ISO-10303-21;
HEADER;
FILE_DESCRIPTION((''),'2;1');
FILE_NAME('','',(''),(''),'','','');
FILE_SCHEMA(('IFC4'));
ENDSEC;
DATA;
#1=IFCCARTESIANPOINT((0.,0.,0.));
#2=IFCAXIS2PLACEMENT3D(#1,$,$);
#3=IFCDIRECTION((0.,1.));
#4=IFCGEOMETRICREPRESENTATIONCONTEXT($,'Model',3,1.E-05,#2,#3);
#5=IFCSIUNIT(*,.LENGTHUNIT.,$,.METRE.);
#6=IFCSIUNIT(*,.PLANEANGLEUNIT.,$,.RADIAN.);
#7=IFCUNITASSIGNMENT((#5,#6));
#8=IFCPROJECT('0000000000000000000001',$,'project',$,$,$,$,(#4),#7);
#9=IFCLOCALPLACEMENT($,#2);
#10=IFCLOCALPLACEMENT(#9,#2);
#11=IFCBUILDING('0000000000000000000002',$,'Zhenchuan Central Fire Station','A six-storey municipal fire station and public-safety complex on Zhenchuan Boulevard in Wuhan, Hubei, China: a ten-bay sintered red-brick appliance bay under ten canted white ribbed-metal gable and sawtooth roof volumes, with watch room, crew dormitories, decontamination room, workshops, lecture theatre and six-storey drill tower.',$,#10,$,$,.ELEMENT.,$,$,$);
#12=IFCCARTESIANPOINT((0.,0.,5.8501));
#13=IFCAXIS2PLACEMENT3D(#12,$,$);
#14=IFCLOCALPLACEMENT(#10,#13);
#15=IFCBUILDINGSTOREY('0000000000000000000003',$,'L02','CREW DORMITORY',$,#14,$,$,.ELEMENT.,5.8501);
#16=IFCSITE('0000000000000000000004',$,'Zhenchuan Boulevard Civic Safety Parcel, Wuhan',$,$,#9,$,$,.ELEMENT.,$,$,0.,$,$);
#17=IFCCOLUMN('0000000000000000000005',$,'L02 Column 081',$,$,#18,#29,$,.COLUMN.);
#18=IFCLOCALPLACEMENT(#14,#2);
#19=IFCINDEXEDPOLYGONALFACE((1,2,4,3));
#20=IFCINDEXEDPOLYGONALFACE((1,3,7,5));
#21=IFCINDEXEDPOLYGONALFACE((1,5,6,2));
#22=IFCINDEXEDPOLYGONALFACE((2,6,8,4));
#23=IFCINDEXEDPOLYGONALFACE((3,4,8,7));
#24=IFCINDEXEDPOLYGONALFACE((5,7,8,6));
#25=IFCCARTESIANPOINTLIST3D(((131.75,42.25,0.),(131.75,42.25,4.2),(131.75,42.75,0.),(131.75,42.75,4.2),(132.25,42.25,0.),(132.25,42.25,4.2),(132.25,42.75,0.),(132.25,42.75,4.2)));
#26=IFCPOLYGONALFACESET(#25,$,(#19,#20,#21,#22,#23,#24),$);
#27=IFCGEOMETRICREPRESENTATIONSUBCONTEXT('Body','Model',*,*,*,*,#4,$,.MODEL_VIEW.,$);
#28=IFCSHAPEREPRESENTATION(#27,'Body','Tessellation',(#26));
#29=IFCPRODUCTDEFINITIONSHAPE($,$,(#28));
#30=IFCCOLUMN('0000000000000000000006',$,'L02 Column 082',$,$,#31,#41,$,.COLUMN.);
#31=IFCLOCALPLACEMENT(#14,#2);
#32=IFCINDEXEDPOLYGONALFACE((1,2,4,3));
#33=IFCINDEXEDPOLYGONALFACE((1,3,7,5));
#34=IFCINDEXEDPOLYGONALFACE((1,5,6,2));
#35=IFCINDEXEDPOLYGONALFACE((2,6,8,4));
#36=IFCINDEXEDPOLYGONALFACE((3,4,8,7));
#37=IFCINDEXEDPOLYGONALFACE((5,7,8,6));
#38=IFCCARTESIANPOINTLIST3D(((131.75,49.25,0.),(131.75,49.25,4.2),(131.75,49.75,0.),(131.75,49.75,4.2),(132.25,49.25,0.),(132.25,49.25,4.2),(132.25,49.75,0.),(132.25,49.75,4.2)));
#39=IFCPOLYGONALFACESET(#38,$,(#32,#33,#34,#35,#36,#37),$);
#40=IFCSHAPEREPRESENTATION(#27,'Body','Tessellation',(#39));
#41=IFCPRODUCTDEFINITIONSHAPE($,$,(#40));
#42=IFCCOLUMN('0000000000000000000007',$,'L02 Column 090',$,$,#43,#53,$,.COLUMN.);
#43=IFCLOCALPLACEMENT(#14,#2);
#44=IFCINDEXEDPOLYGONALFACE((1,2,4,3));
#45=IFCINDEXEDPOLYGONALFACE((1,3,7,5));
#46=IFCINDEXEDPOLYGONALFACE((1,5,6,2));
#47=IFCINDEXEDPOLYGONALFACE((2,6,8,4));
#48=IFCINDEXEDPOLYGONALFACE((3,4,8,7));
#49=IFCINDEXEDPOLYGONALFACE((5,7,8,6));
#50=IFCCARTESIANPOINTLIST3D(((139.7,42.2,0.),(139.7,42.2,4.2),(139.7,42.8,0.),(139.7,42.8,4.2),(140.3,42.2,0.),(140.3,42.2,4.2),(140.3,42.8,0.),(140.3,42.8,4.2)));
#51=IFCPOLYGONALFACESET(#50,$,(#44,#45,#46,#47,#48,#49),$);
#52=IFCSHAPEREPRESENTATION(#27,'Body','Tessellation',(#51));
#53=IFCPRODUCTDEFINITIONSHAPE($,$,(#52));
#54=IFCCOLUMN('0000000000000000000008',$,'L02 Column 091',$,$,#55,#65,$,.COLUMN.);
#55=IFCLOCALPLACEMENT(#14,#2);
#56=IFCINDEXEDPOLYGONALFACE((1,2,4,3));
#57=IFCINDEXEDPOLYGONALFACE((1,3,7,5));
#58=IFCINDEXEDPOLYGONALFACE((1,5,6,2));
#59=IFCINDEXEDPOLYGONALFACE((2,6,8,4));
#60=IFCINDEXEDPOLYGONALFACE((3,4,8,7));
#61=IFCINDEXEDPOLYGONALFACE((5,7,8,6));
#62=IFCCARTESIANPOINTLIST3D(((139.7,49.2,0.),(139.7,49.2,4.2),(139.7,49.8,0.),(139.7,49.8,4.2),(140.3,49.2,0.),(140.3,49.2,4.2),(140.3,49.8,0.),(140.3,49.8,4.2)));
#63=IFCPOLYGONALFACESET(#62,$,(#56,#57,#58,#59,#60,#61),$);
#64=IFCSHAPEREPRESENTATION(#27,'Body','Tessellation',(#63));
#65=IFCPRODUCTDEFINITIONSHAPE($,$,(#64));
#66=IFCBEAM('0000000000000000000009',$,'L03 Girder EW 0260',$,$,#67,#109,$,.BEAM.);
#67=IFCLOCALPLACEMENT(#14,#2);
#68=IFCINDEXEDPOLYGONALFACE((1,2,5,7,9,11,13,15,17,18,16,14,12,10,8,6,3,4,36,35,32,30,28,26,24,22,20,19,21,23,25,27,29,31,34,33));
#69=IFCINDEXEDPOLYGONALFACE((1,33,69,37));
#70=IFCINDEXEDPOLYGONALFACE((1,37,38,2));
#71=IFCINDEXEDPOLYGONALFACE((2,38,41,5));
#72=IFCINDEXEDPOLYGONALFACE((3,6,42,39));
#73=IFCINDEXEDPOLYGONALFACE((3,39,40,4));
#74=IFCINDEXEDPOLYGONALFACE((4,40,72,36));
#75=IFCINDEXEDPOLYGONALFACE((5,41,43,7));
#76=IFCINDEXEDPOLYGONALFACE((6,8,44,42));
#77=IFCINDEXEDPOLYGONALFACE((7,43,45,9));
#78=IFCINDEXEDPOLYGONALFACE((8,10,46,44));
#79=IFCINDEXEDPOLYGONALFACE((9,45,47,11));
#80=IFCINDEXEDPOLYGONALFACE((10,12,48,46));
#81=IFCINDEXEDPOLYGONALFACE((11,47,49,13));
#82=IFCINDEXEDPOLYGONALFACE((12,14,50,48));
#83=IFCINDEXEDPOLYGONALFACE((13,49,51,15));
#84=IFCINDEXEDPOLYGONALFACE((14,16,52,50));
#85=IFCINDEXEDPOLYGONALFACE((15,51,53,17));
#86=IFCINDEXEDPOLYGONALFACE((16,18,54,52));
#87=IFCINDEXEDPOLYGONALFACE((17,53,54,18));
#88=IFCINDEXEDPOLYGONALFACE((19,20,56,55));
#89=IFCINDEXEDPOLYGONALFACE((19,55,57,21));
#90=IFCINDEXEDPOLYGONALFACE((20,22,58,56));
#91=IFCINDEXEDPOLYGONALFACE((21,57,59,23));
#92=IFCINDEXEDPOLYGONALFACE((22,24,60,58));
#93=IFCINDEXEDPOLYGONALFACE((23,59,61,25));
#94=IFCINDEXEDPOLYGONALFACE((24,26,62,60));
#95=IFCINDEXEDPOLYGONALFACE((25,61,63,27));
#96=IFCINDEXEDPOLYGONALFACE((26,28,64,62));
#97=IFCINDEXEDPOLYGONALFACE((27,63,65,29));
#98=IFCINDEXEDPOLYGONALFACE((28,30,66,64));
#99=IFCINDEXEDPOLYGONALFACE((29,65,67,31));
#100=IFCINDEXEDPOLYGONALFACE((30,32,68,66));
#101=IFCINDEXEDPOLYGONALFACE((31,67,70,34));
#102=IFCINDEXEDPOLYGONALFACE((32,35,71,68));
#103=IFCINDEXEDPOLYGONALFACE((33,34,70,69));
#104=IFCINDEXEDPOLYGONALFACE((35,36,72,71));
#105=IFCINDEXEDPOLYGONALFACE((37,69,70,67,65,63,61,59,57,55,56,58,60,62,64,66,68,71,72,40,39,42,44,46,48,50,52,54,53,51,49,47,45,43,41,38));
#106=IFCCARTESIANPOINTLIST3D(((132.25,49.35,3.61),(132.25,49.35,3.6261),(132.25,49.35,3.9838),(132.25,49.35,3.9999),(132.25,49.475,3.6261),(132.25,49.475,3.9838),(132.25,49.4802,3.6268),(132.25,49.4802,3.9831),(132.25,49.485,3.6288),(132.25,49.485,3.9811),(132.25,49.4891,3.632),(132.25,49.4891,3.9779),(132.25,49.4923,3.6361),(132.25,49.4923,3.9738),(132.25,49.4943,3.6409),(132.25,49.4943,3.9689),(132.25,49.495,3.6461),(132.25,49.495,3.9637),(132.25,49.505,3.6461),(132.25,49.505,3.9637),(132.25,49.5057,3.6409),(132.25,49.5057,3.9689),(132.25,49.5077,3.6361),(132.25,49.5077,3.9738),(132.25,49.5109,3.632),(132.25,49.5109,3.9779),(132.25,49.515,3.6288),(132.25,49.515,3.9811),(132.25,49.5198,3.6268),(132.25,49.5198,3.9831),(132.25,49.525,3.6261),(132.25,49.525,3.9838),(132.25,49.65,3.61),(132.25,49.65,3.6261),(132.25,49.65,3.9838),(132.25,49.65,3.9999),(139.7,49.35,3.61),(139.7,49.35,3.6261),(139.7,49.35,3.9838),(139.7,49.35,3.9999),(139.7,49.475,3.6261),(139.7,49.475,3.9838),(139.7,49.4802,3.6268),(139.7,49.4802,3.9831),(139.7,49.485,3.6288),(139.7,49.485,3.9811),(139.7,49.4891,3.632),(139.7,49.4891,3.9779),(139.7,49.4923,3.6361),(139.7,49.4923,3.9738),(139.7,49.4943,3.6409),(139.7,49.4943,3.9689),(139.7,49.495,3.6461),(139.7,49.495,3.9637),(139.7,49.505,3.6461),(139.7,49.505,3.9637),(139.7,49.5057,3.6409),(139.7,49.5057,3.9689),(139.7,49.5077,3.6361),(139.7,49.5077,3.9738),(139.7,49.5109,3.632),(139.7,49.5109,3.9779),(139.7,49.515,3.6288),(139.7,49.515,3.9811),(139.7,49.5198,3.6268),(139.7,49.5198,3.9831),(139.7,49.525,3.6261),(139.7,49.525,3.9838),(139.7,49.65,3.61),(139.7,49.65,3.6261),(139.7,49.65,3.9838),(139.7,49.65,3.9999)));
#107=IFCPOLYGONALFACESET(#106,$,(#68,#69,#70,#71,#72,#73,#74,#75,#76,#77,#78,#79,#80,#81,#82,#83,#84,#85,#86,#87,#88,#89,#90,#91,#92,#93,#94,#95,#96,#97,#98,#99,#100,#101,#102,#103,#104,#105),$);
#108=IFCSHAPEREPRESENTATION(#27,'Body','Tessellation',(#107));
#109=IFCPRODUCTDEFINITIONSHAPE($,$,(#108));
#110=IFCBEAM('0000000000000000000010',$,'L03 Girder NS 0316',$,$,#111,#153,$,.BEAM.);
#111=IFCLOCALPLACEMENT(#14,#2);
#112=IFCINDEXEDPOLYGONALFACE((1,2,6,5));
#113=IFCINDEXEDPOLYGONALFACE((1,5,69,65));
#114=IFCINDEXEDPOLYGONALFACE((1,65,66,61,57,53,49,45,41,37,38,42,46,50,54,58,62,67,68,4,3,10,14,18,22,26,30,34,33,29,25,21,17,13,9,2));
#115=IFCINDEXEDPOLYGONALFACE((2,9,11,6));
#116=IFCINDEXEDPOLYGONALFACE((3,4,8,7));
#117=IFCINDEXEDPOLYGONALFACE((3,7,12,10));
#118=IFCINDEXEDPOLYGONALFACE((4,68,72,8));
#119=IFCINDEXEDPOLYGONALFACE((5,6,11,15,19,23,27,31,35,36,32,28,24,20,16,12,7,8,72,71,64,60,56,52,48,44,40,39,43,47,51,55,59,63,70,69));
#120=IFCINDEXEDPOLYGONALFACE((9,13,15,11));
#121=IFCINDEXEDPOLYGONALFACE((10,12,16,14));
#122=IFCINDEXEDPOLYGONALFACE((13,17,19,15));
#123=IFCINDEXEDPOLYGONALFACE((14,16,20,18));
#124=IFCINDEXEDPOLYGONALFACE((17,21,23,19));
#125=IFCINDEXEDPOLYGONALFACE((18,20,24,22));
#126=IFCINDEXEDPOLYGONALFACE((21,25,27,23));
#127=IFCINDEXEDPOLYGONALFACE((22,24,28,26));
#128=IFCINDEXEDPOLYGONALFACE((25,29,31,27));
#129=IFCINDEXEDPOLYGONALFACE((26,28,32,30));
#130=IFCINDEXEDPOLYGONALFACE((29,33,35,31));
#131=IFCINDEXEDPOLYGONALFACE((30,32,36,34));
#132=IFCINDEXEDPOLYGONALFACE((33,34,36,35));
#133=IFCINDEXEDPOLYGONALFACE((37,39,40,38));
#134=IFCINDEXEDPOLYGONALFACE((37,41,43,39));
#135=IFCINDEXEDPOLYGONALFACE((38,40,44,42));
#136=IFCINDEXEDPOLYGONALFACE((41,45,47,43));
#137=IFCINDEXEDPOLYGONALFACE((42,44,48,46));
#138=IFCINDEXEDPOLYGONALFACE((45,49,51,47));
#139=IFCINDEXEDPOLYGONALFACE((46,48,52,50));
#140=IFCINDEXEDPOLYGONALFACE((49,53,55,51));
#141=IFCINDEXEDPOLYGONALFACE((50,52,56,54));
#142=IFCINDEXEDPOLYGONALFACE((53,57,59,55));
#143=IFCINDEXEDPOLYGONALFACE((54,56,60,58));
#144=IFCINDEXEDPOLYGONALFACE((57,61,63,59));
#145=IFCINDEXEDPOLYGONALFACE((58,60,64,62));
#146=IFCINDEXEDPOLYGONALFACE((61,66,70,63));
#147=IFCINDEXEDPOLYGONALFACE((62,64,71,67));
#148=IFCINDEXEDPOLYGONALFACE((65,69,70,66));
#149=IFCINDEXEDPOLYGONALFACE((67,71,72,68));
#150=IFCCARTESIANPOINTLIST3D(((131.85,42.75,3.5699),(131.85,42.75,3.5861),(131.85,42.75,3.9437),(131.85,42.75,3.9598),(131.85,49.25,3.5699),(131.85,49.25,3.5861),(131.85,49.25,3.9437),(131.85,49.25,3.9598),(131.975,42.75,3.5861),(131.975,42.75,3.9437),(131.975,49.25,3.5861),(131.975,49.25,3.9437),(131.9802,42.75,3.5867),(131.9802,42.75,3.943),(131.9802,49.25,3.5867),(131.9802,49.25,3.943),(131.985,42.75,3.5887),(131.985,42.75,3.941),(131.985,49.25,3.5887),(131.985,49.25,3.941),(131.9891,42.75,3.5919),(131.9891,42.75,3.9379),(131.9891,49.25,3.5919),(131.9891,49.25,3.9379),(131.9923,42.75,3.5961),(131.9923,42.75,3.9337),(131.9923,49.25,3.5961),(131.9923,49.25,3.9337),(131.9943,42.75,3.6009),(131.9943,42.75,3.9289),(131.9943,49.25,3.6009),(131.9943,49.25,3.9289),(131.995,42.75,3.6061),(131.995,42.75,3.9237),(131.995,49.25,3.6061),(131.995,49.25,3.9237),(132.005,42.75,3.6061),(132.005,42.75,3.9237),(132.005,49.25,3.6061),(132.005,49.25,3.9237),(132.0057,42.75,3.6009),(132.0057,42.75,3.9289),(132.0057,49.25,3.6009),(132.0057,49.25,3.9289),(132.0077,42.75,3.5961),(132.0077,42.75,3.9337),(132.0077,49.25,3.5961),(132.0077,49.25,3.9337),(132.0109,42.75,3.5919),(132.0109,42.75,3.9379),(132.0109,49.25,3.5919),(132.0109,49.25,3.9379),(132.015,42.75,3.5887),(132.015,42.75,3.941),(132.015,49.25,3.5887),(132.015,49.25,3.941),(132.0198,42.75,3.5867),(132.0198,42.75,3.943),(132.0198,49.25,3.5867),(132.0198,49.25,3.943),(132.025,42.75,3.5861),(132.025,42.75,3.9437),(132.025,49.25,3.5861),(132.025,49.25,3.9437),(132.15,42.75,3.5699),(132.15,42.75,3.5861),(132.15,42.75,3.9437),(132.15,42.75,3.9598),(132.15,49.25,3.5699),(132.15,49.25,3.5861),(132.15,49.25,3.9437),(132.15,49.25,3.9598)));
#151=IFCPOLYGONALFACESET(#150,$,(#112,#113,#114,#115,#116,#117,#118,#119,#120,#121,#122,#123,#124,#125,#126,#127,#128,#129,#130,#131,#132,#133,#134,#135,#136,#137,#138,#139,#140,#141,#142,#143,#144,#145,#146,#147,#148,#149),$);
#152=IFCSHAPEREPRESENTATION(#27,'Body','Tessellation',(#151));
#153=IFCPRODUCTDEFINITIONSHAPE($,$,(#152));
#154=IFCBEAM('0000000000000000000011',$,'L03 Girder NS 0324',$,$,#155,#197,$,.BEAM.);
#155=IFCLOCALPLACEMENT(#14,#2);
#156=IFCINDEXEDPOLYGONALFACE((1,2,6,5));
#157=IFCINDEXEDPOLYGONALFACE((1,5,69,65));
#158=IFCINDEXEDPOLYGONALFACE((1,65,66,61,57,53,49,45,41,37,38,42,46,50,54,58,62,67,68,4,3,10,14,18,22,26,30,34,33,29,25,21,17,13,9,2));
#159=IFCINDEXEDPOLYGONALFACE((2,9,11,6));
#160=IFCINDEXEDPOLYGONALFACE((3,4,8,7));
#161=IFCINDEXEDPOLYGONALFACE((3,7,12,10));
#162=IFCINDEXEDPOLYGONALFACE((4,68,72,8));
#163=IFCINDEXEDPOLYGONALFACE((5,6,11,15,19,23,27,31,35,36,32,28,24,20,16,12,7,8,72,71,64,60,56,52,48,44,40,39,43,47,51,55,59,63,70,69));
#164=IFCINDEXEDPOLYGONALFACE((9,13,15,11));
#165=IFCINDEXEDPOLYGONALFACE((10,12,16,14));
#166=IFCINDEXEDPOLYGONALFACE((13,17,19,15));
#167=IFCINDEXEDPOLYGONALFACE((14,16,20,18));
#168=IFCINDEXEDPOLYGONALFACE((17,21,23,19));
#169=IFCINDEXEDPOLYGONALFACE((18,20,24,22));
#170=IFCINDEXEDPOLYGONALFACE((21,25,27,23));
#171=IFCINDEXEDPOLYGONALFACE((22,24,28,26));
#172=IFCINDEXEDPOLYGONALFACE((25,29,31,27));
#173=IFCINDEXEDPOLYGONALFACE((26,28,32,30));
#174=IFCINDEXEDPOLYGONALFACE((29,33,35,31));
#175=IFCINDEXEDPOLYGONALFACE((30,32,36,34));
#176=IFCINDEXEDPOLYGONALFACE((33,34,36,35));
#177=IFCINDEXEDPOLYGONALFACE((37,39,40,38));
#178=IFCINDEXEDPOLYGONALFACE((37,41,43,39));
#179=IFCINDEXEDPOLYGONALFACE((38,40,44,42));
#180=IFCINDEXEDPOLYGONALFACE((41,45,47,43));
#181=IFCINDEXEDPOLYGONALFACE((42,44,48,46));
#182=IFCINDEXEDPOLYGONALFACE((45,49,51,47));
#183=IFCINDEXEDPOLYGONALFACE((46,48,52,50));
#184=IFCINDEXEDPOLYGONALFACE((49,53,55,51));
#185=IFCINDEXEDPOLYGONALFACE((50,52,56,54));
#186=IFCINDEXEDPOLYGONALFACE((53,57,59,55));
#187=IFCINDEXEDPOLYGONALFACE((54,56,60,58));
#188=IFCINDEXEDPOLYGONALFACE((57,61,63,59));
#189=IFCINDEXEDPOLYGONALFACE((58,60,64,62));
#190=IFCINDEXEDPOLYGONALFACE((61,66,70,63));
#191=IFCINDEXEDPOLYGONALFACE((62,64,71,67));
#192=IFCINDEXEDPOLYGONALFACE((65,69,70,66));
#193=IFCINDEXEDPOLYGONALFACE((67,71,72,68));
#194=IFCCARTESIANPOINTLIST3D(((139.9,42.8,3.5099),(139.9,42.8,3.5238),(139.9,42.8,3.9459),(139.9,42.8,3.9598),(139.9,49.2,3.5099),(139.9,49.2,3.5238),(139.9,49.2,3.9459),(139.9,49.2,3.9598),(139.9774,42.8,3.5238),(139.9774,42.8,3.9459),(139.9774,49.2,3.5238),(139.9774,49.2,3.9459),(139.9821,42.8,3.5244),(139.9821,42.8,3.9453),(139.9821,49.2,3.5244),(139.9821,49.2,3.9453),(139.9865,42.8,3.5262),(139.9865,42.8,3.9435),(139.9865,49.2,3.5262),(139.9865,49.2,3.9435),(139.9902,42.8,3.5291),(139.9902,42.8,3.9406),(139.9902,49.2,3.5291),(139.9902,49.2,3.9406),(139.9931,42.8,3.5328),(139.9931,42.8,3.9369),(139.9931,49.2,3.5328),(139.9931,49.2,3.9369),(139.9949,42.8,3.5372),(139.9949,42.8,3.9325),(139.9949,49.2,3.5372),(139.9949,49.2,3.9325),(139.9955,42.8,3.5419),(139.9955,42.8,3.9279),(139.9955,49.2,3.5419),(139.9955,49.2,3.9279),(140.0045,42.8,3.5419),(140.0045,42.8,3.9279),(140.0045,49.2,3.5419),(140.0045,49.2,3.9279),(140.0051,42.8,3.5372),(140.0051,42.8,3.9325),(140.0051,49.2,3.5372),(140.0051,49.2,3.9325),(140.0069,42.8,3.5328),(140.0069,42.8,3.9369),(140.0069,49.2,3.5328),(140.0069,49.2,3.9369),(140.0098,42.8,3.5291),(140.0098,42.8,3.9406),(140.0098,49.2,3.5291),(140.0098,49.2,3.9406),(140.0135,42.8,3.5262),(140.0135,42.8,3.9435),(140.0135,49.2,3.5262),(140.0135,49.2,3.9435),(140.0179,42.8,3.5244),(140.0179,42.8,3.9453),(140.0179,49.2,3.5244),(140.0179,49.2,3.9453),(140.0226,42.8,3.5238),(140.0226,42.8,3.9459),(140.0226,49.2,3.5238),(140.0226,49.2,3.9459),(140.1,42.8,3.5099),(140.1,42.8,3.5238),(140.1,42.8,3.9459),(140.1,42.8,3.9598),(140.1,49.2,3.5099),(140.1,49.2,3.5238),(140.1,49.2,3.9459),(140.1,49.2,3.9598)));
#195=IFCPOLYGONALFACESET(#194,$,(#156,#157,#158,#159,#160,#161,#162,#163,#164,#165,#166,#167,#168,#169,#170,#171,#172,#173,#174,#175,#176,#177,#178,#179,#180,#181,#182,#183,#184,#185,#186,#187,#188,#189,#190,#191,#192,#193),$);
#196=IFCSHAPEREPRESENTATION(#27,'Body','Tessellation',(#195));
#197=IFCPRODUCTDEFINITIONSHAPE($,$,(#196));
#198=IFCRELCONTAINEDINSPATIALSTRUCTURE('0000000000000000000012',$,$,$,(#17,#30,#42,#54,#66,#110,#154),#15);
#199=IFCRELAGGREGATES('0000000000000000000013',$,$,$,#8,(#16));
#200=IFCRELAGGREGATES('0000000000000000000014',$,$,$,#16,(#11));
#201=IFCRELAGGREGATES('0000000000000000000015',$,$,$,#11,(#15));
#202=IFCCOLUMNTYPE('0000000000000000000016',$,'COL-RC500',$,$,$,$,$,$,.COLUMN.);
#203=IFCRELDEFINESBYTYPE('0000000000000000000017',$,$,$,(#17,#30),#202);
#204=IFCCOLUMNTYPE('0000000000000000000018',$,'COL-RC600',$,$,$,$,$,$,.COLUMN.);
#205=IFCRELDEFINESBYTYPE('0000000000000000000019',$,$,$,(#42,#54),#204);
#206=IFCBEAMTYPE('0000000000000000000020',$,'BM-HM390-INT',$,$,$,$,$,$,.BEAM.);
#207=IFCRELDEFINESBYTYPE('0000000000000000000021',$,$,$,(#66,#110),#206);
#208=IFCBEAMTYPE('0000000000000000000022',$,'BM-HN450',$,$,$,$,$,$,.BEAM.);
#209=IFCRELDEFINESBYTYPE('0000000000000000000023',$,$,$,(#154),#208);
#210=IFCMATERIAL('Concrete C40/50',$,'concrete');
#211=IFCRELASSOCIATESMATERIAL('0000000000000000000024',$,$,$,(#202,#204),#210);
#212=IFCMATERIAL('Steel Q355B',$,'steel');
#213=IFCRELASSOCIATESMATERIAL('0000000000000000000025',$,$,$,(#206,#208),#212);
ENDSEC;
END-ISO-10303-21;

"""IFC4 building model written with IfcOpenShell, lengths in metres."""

from ifc_helpers import new_model, si_unit, direction, frame, origin, origin_2d, place, context, subcontext, project, spatial, rectangle, i_section, extrude, material, material_profile, profile_set, type_object, element, save


model = new_model("IFC4")

# Units and contexts
model_context = context("Model", 3, precision=1e-05, world=origin(), true_north=direction((0.0, 1.0)))
body_context = subcontext(model_context, "Body", "Model", "MODEL_VIEW")
ifc_project = project(units=[si_unit("LENGTHUNIT", "METRE"), si_unit("PLANEANGLEUNIT", "RADIAN")], contexts=[model_context])

# Site, building, storey
site_placement = place(None, origin())
site = spatial("IfcSite", under=ifc_project, at=site_placement, Name="Zhenchuan Boulevard Civic Safety Parcel, Wuhan", CompositionType="ELEMENT", RefElevation=0.0)
building_placement = place(site_placement, origin())
building = spatial("IfcBuilding", under=site, at=building_placement, Name="Zhenchuan Central Fire Station", Description="A six-storey municipal fire station and public-safety complex on Zhenchuan Boulevard in Wuhan, Hubei, China: a ten-bay sintered red-brick appliance bay under ten canted white ribbed-metal gable and sawtooth roof volumes, with watch room, crew dormitories, decontamination room, workshops, lecture theatre and six-storey drill tower.", CompositionType="ELEMENT")
storey_placement = place(building_placement, frame((0.0, 0.0, 5.8501)))
storey = spatial("IfcBuildingStorey", under=building, at=storey_placement, Name="L02", Description="CREW DORMITORY", CompositionType="ELEMENT", Elevation=5.8501)

# Columns
ifc_material_1 = material(Name="Concrete C40/50", Category="concrete")
ifc_material_profile_1 = material_profile(ifc_material_1, rectangle(XDim=0.5, YDim=0.5, at=origin_2d()), Name="RC 500x500")
ifc_profile_set_1 = profile_set([ifc_material_profile_1], Name="Concrete C40/50")
column_type_1 = type_object("IfcColumnType", Name="COL-RC500", PredefinedType="COLUMN", material=ifc_profile_set_1)
for number, where, z_axis, x_axis, name in (
    (1, (132.0, 42.5, 0.0), (0.0, 0.0, 1.0), (1.0, 0.0, 0.0), "L02 Column 081"),
    (2, (132.0, 49.5, 0.0), (0.0, 0.0, 1.0), (1.0, 0.0, 0.0), "L02 Column 082"),
):
    element("IfcColumn", number, at=place(storey_placement, frame(where, z_axis=z_axis, x_axis=x_axis)), inside=storey, type_object=column_type_1, Name=name, PredefinedType="COLUMN", context=body_context, shape_type="SweptSolid", body=[
        extrude(rectangle(XDim=0.5, YDim=0.5, at=origin_2d()), origin(), (0.0, 0.0, 1.0), 4.2),
    ])
ifc_material_profile_2 = material_profile(ifc_material_1, rectangle(XDim=0.6001, YDim=0.6001, at=origin_2d()), Name="RC 600x600")
ifc_profile_set_2 = profile_set([ifc_material_profile_2], Name="Concrete C40/50")
column_type_2 = type_object("IfcColumnType", Name="COL-RC600", PredefinedType="COLUMN", material=ifc_profile_set_2)
for number, where, z_axis, x_axis, name in (
    (3, (140.0, 42.5, 0.0), (0.0, 0.0, 1.0), (1.0, 0.0, 0.0), "L02 Column 090"),
    (4, (140.0, 49.5, 0.0), (0.0, 0.0, 1.0), (1.0, 0.0, 0.0), "L02 Column 091"),
):
    element("IfcColumn", number, at=place(storey_placement, frame(where, z_axis=z_axis, x_axis=x_axis)), inside=storey, type_object=column_type_2, Name=name, PredefinedType="COLUMN", context=body_context, shape_type="SweptSolid", body=[
        extrude(rectangle(XDim=0.6001, YDim=0.6001, at=origin_2d()), origin(), (0.0, 0.0, 1.0), 4.2),
    ])

# Beams
ifc_material_2 = material(Name="Steel Q355B", Category="steel")
ifc_material_profile_3 = material_profile(ifc_material_2, i_section(OverallWidth=0.3, OverallDepth=0.3899, WebThickness=0.01, FlangeThickness=0.0161, FilletRadius=0.02, at=origin_2d()), Name="HM 390x300")
ifc_profile_set_3 = profile_set([ifc_material_profile_3], Name="Steel Q355B")
beam_type_1 = type_object("IfcBeamType", Name="BM-HM390-INT", PredefinedType="BEAM", material=ifc_profile_set_3)
beam_1_placement = place(storey_placement, frame((132.25, 49.5, 3.8049), z_axis=(1.0, 0.0, 0.0), x_axis=(0.0, 1.0, 0.0)))
element("IfcBeam", 5, at=beam_1_placement, inside=storey, type_object=beam_type_1, Name="L03 Girder EW 0260", PredefinedType="BEAM", context=body_context, shape_type="SweptSolid", body=[
    extrude(i_section(OverallWidth=0.3, OverallDepth=0.3899, WebThickness=0.01, FlangeThickness=0.0161, FilletRadius=0.02, at=origin_2d()), origin(), (0.0, 0.0, 1.0), 7.45),
])
beam_2_placement = place(storey_placement, frame((132.0, 42.75, 3.7649), z_axis=(0.0, 1.0, 0.0), x_axis=(-1.0, 0.0, 0.0)))
element("IfcBeam", 6, at=beam_2_placement, inside=storey, type_object=beam_type_1, Name="L03 Girder NS 0316", PredefinedType="BEAM", context=body_context, shape_type="SweptSolid", body=[
    extrude(i_section(OverallWidth=0.3, OverallDepth=0.3899, WebThickness=0.01, FlangeThickness=0.0161, FilletRadius=0.02, at=origin_2d()), origin(), (0.0, 0.0, 1.0), 6.5),
])
ifc_material_profile_4 = material_profile(ifc_material_2, i_section(OverallWidth=0.2, OverallDepth=0.45, WebThickness=0.009, FlangeThickness=0.0139, FilletRadius=0.0181, at=origin_2d()), Name="HN 450x200")
ifc_profile_set_4 = profile_set([ifc_material_profile_4], Name="Steel Q355B")
beam_type_2 = type_object("IfcBeamType", Name="BM-HN450", PredefinedType="BEAM", material=ifc_profile_set_4)
beam_3_placement = place(storey_placement, frame((140.0, 42.8, 3.7349), z_axis=(0.0, 1.0, 0.0), x_axis=(-1.0, 0.0, 0.0)))
element("IfcBeam", 7, at=beam_3_placement, inside=storey, type_object=beam_type_2, Name="L03 Girder NS 0324", PredefinedType="BEAM", context=body_context, shape_type="SweptSolid", body=[
    extrude(i_section(OverallWidth=0.2, OverallDepth=0.45, WebThickness=0.009, FlangeThickness=0.0139, FilletRadius=0.0181, at=origin_2d()), origin(), (0.0, 0.0, 1.0), 6.3999),
])

save(model, "model.ifc")
